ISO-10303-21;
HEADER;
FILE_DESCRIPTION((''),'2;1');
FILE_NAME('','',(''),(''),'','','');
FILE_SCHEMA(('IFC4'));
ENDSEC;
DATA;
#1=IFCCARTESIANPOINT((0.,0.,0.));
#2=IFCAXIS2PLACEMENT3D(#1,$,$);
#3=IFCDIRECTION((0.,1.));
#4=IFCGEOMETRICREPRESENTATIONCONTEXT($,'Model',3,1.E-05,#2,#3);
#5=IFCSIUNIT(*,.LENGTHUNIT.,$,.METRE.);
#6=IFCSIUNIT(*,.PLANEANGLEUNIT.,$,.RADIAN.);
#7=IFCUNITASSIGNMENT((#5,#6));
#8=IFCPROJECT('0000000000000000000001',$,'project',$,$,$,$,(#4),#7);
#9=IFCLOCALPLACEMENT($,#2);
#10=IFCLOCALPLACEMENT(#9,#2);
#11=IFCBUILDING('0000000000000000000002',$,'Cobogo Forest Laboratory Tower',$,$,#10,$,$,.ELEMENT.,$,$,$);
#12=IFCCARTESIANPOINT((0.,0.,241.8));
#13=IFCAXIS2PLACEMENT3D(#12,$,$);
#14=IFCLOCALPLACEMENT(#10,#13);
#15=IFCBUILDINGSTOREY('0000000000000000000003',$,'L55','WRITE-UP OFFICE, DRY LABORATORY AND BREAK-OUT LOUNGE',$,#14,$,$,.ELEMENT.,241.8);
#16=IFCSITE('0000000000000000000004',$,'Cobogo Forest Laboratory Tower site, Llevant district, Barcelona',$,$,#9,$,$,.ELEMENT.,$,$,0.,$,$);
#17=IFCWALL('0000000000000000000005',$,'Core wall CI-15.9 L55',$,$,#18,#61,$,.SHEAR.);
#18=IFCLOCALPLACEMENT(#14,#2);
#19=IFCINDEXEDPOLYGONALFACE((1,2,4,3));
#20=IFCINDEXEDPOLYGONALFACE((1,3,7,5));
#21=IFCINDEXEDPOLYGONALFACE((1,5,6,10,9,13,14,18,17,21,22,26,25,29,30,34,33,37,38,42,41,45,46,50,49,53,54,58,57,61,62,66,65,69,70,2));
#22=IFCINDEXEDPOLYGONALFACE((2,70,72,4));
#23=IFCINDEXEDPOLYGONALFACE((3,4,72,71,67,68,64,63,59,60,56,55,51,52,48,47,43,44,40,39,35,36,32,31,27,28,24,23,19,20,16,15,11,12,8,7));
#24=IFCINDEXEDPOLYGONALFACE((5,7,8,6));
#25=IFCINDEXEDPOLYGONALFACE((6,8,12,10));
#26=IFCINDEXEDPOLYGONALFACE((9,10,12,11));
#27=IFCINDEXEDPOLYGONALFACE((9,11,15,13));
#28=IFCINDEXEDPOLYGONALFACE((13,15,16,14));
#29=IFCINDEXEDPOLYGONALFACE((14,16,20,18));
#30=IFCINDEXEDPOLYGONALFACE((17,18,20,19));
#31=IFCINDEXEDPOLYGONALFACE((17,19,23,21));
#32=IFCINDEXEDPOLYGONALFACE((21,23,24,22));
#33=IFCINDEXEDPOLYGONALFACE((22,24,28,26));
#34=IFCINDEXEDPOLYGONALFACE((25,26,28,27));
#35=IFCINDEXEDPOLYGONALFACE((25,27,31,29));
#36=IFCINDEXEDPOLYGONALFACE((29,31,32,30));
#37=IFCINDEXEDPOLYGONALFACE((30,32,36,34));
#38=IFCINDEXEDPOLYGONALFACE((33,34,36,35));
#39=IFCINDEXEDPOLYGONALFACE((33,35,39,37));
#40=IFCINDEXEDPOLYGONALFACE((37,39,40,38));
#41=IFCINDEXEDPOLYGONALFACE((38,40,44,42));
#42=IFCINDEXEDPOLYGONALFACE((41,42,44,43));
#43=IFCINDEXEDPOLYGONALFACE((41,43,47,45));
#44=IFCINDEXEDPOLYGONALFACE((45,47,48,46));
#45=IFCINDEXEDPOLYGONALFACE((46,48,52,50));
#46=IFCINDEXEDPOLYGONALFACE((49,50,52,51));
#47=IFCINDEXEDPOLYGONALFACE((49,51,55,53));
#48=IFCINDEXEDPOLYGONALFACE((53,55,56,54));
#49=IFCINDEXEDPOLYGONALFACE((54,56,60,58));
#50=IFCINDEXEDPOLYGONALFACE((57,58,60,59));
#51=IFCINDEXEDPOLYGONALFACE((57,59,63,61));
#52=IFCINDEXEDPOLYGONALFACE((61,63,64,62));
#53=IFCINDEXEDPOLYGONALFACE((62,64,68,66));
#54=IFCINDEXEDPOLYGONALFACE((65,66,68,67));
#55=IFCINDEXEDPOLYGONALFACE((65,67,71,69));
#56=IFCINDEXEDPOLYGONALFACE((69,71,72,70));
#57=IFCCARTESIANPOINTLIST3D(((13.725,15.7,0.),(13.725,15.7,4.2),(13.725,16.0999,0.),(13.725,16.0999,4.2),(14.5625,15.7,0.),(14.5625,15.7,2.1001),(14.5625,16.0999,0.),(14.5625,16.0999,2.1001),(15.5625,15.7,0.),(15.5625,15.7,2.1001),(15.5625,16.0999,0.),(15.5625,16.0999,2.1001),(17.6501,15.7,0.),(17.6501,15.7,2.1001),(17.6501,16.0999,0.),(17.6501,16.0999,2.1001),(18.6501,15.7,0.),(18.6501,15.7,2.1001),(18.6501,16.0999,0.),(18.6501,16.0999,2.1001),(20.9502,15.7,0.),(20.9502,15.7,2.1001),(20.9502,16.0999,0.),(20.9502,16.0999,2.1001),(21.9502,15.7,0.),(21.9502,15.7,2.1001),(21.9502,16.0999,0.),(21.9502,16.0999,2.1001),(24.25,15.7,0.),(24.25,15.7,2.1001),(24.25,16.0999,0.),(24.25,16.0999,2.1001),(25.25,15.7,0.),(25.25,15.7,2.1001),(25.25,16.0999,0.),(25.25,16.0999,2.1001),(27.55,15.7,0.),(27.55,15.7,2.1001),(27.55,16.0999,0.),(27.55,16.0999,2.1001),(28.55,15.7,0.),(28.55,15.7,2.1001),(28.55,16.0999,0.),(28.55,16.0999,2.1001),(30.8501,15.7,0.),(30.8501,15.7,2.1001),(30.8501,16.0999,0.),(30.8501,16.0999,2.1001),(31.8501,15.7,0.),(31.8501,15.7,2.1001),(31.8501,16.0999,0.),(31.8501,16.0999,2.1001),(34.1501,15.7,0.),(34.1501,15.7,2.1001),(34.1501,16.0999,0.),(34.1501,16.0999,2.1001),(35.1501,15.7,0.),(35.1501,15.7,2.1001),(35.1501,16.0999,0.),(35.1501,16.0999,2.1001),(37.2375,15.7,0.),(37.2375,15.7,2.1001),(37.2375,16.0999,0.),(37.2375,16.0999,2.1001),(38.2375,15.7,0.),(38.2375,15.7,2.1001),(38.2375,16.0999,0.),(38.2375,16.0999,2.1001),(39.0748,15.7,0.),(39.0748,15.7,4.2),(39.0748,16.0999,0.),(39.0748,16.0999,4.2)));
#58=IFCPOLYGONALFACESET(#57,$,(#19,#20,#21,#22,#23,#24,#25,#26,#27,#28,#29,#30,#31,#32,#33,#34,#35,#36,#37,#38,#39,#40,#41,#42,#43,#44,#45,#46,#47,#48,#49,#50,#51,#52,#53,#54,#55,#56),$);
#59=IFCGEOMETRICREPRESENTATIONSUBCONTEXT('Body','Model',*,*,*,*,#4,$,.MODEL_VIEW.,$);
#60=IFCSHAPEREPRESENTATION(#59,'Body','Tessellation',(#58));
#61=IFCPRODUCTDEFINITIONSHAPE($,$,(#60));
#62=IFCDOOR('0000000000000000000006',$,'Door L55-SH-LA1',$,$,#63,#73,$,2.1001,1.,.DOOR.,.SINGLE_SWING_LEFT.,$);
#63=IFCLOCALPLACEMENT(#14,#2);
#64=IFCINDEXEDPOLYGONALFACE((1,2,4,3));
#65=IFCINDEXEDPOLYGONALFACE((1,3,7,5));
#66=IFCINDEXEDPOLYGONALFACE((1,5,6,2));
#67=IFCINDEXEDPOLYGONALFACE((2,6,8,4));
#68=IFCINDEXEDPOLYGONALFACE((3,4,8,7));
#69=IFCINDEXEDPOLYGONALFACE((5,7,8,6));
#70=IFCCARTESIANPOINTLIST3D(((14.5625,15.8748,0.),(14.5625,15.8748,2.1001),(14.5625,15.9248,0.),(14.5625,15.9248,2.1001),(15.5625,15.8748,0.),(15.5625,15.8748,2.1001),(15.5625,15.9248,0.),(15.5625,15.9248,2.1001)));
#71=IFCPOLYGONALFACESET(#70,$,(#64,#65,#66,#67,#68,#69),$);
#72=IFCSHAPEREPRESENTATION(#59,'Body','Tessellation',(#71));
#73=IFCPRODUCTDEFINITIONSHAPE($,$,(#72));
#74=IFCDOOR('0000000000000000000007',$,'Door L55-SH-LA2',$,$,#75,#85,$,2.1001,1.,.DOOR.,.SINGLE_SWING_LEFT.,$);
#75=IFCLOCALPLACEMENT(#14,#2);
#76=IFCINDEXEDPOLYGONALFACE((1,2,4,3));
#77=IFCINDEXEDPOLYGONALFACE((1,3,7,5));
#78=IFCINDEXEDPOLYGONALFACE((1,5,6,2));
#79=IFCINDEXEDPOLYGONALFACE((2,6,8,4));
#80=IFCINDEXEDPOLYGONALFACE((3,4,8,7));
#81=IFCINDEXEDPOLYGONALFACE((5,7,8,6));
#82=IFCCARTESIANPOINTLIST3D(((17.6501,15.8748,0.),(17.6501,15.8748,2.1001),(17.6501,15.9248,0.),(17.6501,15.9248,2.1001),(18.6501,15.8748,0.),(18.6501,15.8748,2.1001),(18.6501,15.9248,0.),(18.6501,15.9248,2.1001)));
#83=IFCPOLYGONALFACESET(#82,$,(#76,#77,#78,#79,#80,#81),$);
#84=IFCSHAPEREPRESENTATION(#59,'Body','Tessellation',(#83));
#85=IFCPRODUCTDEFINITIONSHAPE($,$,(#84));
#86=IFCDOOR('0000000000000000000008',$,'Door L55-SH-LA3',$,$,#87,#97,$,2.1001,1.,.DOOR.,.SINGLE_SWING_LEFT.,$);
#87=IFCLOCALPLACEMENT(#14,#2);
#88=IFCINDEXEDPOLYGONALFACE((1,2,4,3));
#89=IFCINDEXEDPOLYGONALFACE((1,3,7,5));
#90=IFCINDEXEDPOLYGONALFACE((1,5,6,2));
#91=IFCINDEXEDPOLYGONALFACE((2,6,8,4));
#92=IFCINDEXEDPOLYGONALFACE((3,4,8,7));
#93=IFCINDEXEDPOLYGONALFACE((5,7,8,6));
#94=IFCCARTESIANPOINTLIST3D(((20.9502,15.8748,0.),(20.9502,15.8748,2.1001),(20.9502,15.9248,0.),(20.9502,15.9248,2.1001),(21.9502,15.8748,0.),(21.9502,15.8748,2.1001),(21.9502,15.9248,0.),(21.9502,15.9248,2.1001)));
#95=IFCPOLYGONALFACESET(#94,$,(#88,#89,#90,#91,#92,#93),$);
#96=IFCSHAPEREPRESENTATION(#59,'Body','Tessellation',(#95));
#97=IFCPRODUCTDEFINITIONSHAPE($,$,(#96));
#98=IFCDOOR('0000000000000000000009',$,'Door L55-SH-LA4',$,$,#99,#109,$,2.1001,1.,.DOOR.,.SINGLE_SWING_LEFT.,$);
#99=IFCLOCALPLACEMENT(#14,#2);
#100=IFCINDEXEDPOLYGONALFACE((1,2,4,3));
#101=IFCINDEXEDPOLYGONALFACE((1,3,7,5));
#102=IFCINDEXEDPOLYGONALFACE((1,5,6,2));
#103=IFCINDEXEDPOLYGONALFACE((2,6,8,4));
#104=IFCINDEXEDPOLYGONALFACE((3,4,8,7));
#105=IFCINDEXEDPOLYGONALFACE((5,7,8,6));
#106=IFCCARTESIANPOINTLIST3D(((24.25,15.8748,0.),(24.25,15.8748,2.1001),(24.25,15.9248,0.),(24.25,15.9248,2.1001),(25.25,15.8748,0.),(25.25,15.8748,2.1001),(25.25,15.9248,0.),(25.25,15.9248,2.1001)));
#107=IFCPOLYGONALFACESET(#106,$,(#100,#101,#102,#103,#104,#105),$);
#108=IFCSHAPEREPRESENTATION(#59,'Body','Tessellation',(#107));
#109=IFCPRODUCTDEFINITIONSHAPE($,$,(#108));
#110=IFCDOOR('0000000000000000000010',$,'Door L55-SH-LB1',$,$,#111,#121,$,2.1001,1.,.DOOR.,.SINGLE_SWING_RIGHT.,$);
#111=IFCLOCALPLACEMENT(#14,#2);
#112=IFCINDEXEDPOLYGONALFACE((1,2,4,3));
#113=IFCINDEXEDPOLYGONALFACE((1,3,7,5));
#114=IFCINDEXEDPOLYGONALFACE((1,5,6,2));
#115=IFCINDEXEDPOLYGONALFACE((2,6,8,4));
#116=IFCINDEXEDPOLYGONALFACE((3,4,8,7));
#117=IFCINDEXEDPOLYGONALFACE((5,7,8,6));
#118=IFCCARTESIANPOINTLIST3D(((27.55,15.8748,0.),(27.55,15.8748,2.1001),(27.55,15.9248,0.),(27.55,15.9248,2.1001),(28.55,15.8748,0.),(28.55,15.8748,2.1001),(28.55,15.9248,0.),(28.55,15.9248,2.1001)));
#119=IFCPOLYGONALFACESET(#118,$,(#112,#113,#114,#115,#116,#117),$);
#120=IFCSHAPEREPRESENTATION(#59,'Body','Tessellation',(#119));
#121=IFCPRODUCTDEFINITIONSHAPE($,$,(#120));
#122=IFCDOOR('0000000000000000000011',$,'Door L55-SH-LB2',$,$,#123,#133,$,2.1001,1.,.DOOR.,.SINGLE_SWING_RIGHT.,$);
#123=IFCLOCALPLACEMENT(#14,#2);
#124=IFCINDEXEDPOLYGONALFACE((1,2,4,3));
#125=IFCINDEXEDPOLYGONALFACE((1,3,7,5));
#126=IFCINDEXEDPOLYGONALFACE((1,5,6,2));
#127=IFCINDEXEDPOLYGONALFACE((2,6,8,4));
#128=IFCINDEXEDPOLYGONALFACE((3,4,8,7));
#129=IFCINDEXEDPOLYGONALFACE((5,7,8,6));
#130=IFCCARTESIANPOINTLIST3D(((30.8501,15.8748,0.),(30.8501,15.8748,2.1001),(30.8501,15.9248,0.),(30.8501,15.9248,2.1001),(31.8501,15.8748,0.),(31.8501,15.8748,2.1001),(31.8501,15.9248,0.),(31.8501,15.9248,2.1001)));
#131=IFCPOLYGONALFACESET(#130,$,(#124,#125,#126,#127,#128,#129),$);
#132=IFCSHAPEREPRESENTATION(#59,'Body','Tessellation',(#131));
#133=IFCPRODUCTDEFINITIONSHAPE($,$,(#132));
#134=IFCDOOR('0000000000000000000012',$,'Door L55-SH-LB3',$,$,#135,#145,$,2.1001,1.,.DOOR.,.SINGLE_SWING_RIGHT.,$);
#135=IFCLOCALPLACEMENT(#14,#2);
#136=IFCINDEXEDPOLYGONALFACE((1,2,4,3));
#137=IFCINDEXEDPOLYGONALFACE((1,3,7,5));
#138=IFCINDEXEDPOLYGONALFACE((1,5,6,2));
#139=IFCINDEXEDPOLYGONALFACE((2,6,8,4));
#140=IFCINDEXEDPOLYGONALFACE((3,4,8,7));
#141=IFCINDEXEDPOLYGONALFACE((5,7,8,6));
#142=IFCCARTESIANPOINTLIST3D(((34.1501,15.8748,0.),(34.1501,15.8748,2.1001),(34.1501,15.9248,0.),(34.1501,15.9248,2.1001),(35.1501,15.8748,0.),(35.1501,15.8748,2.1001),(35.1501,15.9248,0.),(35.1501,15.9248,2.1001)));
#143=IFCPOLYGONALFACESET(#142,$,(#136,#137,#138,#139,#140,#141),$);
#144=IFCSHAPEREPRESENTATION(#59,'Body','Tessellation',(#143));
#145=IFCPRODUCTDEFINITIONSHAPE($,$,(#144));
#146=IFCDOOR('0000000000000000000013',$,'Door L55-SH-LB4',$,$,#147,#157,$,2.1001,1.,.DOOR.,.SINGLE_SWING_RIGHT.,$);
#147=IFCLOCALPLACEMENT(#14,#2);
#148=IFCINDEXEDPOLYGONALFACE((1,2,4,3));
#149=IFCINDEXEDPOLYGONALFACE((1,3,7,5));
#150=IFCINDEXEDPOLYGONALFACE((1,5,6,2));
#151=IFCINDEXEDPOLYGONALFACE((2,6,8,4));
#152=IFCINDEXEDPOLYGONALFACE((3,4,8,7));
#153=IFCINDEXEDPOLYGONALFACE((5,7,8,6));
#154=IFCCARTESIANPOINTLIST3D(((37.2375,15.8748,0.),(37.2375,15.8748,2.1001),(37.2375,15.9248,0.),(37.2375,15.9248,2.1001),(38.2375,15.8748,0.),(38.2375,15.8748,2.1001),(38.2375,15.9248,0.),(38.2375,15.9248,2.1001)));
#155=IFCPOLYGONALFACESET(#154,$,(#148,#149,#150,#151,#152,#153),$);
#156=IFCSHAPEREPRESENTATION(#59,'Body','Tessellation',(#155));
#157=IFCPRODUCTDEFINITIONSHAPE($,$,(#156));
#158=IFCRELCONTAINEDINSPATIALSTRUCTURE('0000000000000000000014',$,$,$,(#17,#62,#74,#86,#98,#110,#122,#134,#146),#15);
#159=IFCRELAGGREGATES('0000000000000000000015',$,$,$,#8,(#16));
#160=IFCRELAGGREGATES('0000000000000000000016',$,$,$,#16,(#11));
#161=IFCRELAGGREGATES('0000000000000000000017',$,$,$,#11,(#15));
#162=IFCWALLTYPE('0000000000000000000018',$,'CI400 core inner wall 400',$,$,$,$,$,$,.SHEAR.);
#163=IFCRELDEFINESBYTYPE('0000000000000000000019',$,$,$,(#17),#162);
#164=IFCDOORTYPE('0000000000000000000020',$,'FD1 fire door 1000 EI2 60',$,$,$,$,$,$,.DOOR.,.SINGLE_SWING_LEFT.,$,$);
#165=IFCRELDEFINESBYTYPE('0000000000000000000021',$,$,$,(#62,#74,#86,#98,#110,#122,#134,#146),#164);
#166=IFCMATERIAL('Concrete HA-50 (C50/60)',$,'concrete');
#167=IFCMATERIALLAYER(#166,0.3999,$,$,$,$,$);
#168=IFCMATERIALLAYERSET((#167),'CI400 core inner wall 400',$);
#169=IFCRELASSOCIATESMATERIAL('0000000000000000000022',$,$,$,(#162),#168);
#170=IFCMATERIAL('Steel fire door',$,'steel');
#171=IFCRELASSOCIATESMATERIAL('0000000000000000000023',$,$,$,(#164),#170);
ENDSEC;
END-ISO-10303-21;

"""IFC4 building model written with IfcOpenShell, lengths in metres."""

from ifc_helpers import new_model, si_unit, direction, frame, frame_2d, origin, place, context, subcontext, project, spatial, rectangle, extrude, material, layer, layer_set, type_object, element, fill, save


model = new_model("IFC4")

# Units and contexts
model_context = context("Model", 3, precision=1e-05, world=origin(), true_north=direction((0.0, 1.0)))
body_context = subcontext(model_context, "Body", "Model", "MODEL_VIEW")
ifc_project = project(units=[si_unit("LENGTHUNIT", "METRE"), si_unit("PLANEANGLEUNIT", "RADIAN")], contexts=[model_context])

# Site, building, storey
site_placement = place(None, origin())
site = spatial("IfcSite", under=ifc_project, at=site_placement, Name="Cobogo Forest Laboratory Tower site, Llevant district, Barcelona", CompositionType="ELEMENT", RefElevation=0.0)
building_placement = place(site_placement, origin())
building = spatial("IfcBuilding", under=site, at=building_placement, Name="Cobogo Forest Laboratory Tower", CompositionType="ELEMENT")
storey_placement = place(building_placement, frame((0.0, 0.0, 241.8)))
storey = spatial("IfcBuildingStorey", under=building, at=storey_placement, Name="L55", Description="WRITE-UP OFFICE, DRY LABORATORY AND BREAK-OUT LOUNGE", CompositionType="ELEMENT", Elevation=241.8)

# Shared definitions
ifc_material_1 = material(Name="Concrete HA-50 (C50/60)", Category="concrete")

# Wall, openings, doors
ifc_layer_1 = layer(ifc_material_1, 0.3999)
ifc_layer_set_1 = layer_set([ifc_layer_1], Name="CI400 core inner wall 400")
wall_type_1 = type_object("IfcWallType", Name="CI400 core inner wall 400", PredefinedType="SHEAR", material=ifc_layer_set_1)
wall_1_placement = place(storey_placement, frame((13.7251, 15.8999, 0.0), z_axis=(0.0, 0.0, 1.0), x_axis=(1.0, 0.0, 0.0)))
wall_1 = element("IfcWall", 1, at=wall_1_placement, inside=storey, type_object=wall_type_1, Name="Core wall CI-15.9 L55", PredefinedType="SHEAR", context=body_context, shape_type="SweptSolid", body=[
    extrude(rectangle(XDim=25.3499, YDim=0.3999, at=frame_2d((12.6748, 0.0))), origin(), (0.0, 0.0, 1.0), 4.2),
])
opening_1_placement = place(wall_1_placement, frame((0.8374, 0.0, 0.0)))
opening_1 = element("IfcOpeningElement", 2, at=opening_1_placement, cuts=wall_1, PredefinedType="OPENING", context=body_context, shape_type="SweptSolid", body=[
    extrude(rectangle(XDim=1.0, YDim=2.1001, at=frame_2d((0.5, 1.05))), frame((0.0, 0.21, 0.0), z_axis=(0.0, -1.0, 0.0), x_axis=(1.0, 0.0, 0.0)), (0.0, 0.0, 1.0), 0.4199),
])
opening_2_placement = place(wall_1_placement, frame((3.925, 0.0, 0.0)))
opening_2 = element("IfcOpeningElement", 3, at=opening_2_placement, cuts=wall_1, PredefinedType="OPENING", context=body_context, shape_type="SweptSolid", body=[
    extrude(rectangle(XDim=1.0, YDim=2.1001, at=frame_2d((0.5, 1.05))), frame((0.0, 0.21, 0.0), z_axis=(0.0, -1.0, 0.0), x_axis=(1.0, 0.0, 0.0)), (0.0, 0.0, 1.0), 0.4199),
])
opening_3_placement = place(wall_1_placement, frame((7.2251, 0.0, 0.0)))
opening_3 = element("IfcOpeningElement", 4, at=opening_3_placement, cuts=wall_1, PredefinedType="OPENING", context=body_context, shape_type="SweptSolid", body=[
    extrude(rectangle(XDim=1.0, YDim=2.1001, at=frame_2d((0.5, 1.05))), frame((0.0, 0.21, 0.0), z_axis=(0.0, -1.0, 0.0), x_axis=(1.0, 0.0, 0.0)), (0.0, 0.0, 1.0), 0.4199),
])
opening_4_placement = place(wall_1_placement, frame((10.5249, 0.0, 0.0)))
opening_4 = element("IfcOpeningElement", 5, at=opening_4_placement, cuts=wall_1, PredefinedType="OPENING", context=body_context, shape_type="SweptSolid", body=[
    extrude(rectangle(XDim=1.0, YDim=2.1001, at=frame_2d((0.5, 1.05))), frame((0.0, 0.21, 0.0), z_axis=(0.0, -1.0, 0.0), x_axis=(1.0, 0.0, 0.0)), (0.0, 0.0, 1.0), 0.4199),
])
opening_5_placement = place(wall_1_placement, frame((13.825, 0.0, 0.0)))
opening_5 = element("IfcOpeningElement", 6, at=opening_5_placement, cuts=wall_1, PredefinedType="OPENING", context=body_context, shape_type="SweptSolid", body=[
    extrude(rectangle(XDim=1.0, YDim=2.1001, at=frame_2d((0.5, 1.05))), frame((0.0, 0.21, 0.0), z_axis=(0.0, -1.0, 0.0), x_axis=(1.0, 0.0, 0.0)), (0.0, 0.0, 1.0), 0.4199),
])
opening_6_placement = place(wall_1_placement, frame((17.125, 0.0, 0.0)))
opening_6 = element("IfcOpeningElement", 7, at=opening_6_placement, cuts=wall_1, PredefinedType="OPENING", context=body_context, shape_type="SweptSolid", body=[
    extrude(rectangle(XDim=1.0, YDim=2.1001, at=frame_2d((0.5, 1.05))), frame((0.0, 0.21, 0.0), z_axis=(0.0, -1.0, 0.0), x_axis=(1.0, 0.0, 0.0)), (0.0, 0.0, 1.0), 0.4199),
])
opening_7_placement = place(wall_1_placement, frame((20.425, 0.0, 0.0)))
opening_7 = element("IfcOpeningElement", 8, at=opening_7_placement, cuts=wall_1, PredefinedType="OPENING", context=body_context, shape_type="SweptSolid", body=[
    extrude(rectangle(XDim=1.0, YDim=2.1001, at=frame_2d((0.5, 1.05))), frame((0.0, 0.21, 0.0), z_axis=(0.0, -1.0, 0.0), x_axis=(1.0, 0.0, 0.0)), (0.0, 0.0, 1.0), 0.4199),
])
opening_8_placement = place(wall_1_placement, frame((23.5125, 0.0, 0.0)))
opening_8 = element("IfcOpeningElement", 9, at=opening_8_placement, cuts=wall_1, PredefinedType="OPENING", context=body_context, shape_type="SweptSolid", body=[
    extrude(rectangle(XDim=1.0, YDim=2.1001, at=frame_2d((0.5, 1.05))), frame((0.0, 0.21, 0.0), z_axis=(0.0, -1.0, 0.0), x_axis=(1.0, 0.0, 0.0)), (0.0, 0.0, 1.0), 0.4199),
])
ifc_material_2 = material(Name="Steel fire door", Category="steel")
door_type_1 = type_object("IfcDoorType", Name="FD1 fire door 1000 EI2 60", OperationType="SINGLE_SWING_LEFT", PredefinedType="DOOR", material=ifc_material_2)
door_1_placement = place(opening_1_placement, origin())
door_1 = element("IfcDoor", 10, at=door_1_placement, inside=storey, type_object=door_type_1, Name="Door L55-SH-LA1", OperationType="SINGLE_SWING_LEFT", OverallHeight=2.1001, OverallWidth=1.0, PredefinedType="DOOR", context=body_context, shape_type="SweptSolid", body=[
    extrude(rectangle(XDim=1.0, YDim=2.1001, at=frame_2d((0.5, 1.05))), frame((0.0, 0.0249, 0.0), z_axis=(0.0, -1.0, 0.0), x_axis=(1.0, 0.0, 0.0)), (0.0, 0.0, 1.0), 0.05),
])
fill(opening_1, door_1)
door_2_placement = place(opening_2_placement, origin())
door_2 = element("IfcDoor", 11, at=door_2_placement, inside=storey, type_object=door_type_1, Name="Door L55-SH-LA2", OperationType="SINGLE_SWING_LEFT", OverallHeight=2.1001, OverallWidth=1.0, PredefinedType="DOOR", context=body_context, shape_type="SweptSolid", body=[
    extrude(rectangle(XDim=1.0, YDim=2.1001, at=frame_2d((0.5, 1.05))), frame((0.0, 0.0249, 0.0), z_axis=(0.0, -1.0, 0.0), x_axis=(1.0, 0.0, 0.0)), (0.0, 0.0, 1.0), 0.05),
])
fill(opening_2, door_2)
door_3_placement = place(opening_3_placement, origin())
door_3 = element("IfcDoor", 12, at=door_3_placement, inside=storey, type_object=door_type_1, Name="Door L55-SH-LA3", OperationType="SINGLE_SWING_LEFT", OverallHeight=2.1001, OverallWidth=1.0, PredefinedType="DOOR", context=body_context, shape_type="SweptSolid", body=[
    extrude(rectangle(XDim=1.0, YDim=2.1001, at=frame_2d((0.5, 1.05))), frame((0.0, 0.0249, 0.0), z_axis=(0.0, -1.0, 0.0), x_axis=(1.0, 0.0, 0.0)), (0.0, 0.0, 1.0), 0.05),
])
fill(opening_3, door_3)
door_4_placement = place(opening_4_placement, origin())
door_4 = element("IfcDoor", 13, at=door_4_placement, inside=storey, type_object=door_type_1, Name="Door L55-SH-LA4", OperationType="SINGLE_SWING_LEFT", OverallHeight=2.1001, OverallWidth=1.0, PredefinedType="DOOR", context=body_context, shape_type="SweptSolid", body=[
    extrude(rectangle(XDim=1.0, YDim=2.1001, at=frame_2d((0.5, 1.05))), frame((0.0, 0.0249, 0.0), z_axis=(0.0, -1.0, 0.0), x_axis=(1.0, 0.0, 0.0)), (0.0, 0.0, 1.0), 0.05),
])
fill(opening_4, door_4)
door_5_placement = place(opening_5_placement, origin())
door_5 = element("IfcDoor", 14, at=door_5_placement, inside=storey, type_object=door_type_1, Name="Door L55-SH-LB1", OperationType="SINGLE_SWING_RIGHT", OverallHeight=2.1001, OverallWidth=1.0, PredefinedType="DOOR", context=body_context, shape_type="SweptSolid", body=[
    extrude(rectangle(XDim=1.0, YDim=2.1001, at=frame_2d((0.5, 1.05))), frame((0.0, 0.0249, 0.0), z_axis=(0.0, -1.0, 0.0), x_axis=(1.0, 0.0, 0.0)), (0.0, 0.0, 1.0), 0.05),
])
fill(opening_5, door_5)
door_6_placement = place(opening_6_placement, origin())
door_6 = element("IfcDoor", 15, at=door_6_placement, inside=storey, type_object=door_type_1, Name="Door L55-SH-LB2", OperationType="SINGLE_SWING_RIGHT", OverallHeight=2.1001, OverallWidth=1.0, PredefinedType="DOOR", context=body_context, shape_type="SweptSolid", body=[
    extrude(rectangle(XDim=1.0, YDim=2.1001, at=frame_2d((0.5, 1.05))), frame((0.0, 0.0249, 0.0), z_axis=(0.0, -1.0, 0.0), x_axis=(1.0, 0.0, 0.0)), (0.0, 0.0, 1.0), 0.05),
])
fill(opening_6, door_6)
door_7_placement = place(opening_7_placement, origin())
door_7 = element("IfcDoor", 16, at=door_7_placement, inside=storey, type_object=door_type_1, Name="Door L55-SH-LB3", OperationType="SINGLE_SWING_RIGHT", OverallHeight=2.1001, OverallWidth=1.0, PredefinedType="DOOR", context=body_context, shape_type="SweptSolid", body=[
    extrude(rectangle(XDim=1.0, YDim=2.1001, at=frame_2d((0.5, 1.05))), frame((0.0, 0.0249, 0.0), z_axis=(0.0, -1.0, 0.0), x_axis=(1.0, 0.0, 0.0)), (0.0, 0.0, 1.0), 0.05),
])
fill(opening_7, door_7)
door_8_placement = place(opening_8_placement, origin())
door_8 = element("IfcDoor", 17, at=door_8_placement, inside=storey, type_object=door_type_1, Name="Door L55-SH-LB4", OperationType="SINGLE_SWING_RIGHT", OverallHeight=2.1001, OverallWidth=1.0, PredefinedType="DOOR", context=body_context, shape_type="SweptSolid", body=[
    extrude(rectangle(XDim=1.0, YDim=2.1001, at=frame_2d((0.5, 1.05))), frame((0.0, 0.0249, 0.0), z_axis=(0.0, -1.0, 0.0), x_axis=(1.0, 0.0, 0.0)), (0.0, 0.0, 1.0), 0.05),
])
fill(opening_8, door_8)

save(model, "model.ifc")
